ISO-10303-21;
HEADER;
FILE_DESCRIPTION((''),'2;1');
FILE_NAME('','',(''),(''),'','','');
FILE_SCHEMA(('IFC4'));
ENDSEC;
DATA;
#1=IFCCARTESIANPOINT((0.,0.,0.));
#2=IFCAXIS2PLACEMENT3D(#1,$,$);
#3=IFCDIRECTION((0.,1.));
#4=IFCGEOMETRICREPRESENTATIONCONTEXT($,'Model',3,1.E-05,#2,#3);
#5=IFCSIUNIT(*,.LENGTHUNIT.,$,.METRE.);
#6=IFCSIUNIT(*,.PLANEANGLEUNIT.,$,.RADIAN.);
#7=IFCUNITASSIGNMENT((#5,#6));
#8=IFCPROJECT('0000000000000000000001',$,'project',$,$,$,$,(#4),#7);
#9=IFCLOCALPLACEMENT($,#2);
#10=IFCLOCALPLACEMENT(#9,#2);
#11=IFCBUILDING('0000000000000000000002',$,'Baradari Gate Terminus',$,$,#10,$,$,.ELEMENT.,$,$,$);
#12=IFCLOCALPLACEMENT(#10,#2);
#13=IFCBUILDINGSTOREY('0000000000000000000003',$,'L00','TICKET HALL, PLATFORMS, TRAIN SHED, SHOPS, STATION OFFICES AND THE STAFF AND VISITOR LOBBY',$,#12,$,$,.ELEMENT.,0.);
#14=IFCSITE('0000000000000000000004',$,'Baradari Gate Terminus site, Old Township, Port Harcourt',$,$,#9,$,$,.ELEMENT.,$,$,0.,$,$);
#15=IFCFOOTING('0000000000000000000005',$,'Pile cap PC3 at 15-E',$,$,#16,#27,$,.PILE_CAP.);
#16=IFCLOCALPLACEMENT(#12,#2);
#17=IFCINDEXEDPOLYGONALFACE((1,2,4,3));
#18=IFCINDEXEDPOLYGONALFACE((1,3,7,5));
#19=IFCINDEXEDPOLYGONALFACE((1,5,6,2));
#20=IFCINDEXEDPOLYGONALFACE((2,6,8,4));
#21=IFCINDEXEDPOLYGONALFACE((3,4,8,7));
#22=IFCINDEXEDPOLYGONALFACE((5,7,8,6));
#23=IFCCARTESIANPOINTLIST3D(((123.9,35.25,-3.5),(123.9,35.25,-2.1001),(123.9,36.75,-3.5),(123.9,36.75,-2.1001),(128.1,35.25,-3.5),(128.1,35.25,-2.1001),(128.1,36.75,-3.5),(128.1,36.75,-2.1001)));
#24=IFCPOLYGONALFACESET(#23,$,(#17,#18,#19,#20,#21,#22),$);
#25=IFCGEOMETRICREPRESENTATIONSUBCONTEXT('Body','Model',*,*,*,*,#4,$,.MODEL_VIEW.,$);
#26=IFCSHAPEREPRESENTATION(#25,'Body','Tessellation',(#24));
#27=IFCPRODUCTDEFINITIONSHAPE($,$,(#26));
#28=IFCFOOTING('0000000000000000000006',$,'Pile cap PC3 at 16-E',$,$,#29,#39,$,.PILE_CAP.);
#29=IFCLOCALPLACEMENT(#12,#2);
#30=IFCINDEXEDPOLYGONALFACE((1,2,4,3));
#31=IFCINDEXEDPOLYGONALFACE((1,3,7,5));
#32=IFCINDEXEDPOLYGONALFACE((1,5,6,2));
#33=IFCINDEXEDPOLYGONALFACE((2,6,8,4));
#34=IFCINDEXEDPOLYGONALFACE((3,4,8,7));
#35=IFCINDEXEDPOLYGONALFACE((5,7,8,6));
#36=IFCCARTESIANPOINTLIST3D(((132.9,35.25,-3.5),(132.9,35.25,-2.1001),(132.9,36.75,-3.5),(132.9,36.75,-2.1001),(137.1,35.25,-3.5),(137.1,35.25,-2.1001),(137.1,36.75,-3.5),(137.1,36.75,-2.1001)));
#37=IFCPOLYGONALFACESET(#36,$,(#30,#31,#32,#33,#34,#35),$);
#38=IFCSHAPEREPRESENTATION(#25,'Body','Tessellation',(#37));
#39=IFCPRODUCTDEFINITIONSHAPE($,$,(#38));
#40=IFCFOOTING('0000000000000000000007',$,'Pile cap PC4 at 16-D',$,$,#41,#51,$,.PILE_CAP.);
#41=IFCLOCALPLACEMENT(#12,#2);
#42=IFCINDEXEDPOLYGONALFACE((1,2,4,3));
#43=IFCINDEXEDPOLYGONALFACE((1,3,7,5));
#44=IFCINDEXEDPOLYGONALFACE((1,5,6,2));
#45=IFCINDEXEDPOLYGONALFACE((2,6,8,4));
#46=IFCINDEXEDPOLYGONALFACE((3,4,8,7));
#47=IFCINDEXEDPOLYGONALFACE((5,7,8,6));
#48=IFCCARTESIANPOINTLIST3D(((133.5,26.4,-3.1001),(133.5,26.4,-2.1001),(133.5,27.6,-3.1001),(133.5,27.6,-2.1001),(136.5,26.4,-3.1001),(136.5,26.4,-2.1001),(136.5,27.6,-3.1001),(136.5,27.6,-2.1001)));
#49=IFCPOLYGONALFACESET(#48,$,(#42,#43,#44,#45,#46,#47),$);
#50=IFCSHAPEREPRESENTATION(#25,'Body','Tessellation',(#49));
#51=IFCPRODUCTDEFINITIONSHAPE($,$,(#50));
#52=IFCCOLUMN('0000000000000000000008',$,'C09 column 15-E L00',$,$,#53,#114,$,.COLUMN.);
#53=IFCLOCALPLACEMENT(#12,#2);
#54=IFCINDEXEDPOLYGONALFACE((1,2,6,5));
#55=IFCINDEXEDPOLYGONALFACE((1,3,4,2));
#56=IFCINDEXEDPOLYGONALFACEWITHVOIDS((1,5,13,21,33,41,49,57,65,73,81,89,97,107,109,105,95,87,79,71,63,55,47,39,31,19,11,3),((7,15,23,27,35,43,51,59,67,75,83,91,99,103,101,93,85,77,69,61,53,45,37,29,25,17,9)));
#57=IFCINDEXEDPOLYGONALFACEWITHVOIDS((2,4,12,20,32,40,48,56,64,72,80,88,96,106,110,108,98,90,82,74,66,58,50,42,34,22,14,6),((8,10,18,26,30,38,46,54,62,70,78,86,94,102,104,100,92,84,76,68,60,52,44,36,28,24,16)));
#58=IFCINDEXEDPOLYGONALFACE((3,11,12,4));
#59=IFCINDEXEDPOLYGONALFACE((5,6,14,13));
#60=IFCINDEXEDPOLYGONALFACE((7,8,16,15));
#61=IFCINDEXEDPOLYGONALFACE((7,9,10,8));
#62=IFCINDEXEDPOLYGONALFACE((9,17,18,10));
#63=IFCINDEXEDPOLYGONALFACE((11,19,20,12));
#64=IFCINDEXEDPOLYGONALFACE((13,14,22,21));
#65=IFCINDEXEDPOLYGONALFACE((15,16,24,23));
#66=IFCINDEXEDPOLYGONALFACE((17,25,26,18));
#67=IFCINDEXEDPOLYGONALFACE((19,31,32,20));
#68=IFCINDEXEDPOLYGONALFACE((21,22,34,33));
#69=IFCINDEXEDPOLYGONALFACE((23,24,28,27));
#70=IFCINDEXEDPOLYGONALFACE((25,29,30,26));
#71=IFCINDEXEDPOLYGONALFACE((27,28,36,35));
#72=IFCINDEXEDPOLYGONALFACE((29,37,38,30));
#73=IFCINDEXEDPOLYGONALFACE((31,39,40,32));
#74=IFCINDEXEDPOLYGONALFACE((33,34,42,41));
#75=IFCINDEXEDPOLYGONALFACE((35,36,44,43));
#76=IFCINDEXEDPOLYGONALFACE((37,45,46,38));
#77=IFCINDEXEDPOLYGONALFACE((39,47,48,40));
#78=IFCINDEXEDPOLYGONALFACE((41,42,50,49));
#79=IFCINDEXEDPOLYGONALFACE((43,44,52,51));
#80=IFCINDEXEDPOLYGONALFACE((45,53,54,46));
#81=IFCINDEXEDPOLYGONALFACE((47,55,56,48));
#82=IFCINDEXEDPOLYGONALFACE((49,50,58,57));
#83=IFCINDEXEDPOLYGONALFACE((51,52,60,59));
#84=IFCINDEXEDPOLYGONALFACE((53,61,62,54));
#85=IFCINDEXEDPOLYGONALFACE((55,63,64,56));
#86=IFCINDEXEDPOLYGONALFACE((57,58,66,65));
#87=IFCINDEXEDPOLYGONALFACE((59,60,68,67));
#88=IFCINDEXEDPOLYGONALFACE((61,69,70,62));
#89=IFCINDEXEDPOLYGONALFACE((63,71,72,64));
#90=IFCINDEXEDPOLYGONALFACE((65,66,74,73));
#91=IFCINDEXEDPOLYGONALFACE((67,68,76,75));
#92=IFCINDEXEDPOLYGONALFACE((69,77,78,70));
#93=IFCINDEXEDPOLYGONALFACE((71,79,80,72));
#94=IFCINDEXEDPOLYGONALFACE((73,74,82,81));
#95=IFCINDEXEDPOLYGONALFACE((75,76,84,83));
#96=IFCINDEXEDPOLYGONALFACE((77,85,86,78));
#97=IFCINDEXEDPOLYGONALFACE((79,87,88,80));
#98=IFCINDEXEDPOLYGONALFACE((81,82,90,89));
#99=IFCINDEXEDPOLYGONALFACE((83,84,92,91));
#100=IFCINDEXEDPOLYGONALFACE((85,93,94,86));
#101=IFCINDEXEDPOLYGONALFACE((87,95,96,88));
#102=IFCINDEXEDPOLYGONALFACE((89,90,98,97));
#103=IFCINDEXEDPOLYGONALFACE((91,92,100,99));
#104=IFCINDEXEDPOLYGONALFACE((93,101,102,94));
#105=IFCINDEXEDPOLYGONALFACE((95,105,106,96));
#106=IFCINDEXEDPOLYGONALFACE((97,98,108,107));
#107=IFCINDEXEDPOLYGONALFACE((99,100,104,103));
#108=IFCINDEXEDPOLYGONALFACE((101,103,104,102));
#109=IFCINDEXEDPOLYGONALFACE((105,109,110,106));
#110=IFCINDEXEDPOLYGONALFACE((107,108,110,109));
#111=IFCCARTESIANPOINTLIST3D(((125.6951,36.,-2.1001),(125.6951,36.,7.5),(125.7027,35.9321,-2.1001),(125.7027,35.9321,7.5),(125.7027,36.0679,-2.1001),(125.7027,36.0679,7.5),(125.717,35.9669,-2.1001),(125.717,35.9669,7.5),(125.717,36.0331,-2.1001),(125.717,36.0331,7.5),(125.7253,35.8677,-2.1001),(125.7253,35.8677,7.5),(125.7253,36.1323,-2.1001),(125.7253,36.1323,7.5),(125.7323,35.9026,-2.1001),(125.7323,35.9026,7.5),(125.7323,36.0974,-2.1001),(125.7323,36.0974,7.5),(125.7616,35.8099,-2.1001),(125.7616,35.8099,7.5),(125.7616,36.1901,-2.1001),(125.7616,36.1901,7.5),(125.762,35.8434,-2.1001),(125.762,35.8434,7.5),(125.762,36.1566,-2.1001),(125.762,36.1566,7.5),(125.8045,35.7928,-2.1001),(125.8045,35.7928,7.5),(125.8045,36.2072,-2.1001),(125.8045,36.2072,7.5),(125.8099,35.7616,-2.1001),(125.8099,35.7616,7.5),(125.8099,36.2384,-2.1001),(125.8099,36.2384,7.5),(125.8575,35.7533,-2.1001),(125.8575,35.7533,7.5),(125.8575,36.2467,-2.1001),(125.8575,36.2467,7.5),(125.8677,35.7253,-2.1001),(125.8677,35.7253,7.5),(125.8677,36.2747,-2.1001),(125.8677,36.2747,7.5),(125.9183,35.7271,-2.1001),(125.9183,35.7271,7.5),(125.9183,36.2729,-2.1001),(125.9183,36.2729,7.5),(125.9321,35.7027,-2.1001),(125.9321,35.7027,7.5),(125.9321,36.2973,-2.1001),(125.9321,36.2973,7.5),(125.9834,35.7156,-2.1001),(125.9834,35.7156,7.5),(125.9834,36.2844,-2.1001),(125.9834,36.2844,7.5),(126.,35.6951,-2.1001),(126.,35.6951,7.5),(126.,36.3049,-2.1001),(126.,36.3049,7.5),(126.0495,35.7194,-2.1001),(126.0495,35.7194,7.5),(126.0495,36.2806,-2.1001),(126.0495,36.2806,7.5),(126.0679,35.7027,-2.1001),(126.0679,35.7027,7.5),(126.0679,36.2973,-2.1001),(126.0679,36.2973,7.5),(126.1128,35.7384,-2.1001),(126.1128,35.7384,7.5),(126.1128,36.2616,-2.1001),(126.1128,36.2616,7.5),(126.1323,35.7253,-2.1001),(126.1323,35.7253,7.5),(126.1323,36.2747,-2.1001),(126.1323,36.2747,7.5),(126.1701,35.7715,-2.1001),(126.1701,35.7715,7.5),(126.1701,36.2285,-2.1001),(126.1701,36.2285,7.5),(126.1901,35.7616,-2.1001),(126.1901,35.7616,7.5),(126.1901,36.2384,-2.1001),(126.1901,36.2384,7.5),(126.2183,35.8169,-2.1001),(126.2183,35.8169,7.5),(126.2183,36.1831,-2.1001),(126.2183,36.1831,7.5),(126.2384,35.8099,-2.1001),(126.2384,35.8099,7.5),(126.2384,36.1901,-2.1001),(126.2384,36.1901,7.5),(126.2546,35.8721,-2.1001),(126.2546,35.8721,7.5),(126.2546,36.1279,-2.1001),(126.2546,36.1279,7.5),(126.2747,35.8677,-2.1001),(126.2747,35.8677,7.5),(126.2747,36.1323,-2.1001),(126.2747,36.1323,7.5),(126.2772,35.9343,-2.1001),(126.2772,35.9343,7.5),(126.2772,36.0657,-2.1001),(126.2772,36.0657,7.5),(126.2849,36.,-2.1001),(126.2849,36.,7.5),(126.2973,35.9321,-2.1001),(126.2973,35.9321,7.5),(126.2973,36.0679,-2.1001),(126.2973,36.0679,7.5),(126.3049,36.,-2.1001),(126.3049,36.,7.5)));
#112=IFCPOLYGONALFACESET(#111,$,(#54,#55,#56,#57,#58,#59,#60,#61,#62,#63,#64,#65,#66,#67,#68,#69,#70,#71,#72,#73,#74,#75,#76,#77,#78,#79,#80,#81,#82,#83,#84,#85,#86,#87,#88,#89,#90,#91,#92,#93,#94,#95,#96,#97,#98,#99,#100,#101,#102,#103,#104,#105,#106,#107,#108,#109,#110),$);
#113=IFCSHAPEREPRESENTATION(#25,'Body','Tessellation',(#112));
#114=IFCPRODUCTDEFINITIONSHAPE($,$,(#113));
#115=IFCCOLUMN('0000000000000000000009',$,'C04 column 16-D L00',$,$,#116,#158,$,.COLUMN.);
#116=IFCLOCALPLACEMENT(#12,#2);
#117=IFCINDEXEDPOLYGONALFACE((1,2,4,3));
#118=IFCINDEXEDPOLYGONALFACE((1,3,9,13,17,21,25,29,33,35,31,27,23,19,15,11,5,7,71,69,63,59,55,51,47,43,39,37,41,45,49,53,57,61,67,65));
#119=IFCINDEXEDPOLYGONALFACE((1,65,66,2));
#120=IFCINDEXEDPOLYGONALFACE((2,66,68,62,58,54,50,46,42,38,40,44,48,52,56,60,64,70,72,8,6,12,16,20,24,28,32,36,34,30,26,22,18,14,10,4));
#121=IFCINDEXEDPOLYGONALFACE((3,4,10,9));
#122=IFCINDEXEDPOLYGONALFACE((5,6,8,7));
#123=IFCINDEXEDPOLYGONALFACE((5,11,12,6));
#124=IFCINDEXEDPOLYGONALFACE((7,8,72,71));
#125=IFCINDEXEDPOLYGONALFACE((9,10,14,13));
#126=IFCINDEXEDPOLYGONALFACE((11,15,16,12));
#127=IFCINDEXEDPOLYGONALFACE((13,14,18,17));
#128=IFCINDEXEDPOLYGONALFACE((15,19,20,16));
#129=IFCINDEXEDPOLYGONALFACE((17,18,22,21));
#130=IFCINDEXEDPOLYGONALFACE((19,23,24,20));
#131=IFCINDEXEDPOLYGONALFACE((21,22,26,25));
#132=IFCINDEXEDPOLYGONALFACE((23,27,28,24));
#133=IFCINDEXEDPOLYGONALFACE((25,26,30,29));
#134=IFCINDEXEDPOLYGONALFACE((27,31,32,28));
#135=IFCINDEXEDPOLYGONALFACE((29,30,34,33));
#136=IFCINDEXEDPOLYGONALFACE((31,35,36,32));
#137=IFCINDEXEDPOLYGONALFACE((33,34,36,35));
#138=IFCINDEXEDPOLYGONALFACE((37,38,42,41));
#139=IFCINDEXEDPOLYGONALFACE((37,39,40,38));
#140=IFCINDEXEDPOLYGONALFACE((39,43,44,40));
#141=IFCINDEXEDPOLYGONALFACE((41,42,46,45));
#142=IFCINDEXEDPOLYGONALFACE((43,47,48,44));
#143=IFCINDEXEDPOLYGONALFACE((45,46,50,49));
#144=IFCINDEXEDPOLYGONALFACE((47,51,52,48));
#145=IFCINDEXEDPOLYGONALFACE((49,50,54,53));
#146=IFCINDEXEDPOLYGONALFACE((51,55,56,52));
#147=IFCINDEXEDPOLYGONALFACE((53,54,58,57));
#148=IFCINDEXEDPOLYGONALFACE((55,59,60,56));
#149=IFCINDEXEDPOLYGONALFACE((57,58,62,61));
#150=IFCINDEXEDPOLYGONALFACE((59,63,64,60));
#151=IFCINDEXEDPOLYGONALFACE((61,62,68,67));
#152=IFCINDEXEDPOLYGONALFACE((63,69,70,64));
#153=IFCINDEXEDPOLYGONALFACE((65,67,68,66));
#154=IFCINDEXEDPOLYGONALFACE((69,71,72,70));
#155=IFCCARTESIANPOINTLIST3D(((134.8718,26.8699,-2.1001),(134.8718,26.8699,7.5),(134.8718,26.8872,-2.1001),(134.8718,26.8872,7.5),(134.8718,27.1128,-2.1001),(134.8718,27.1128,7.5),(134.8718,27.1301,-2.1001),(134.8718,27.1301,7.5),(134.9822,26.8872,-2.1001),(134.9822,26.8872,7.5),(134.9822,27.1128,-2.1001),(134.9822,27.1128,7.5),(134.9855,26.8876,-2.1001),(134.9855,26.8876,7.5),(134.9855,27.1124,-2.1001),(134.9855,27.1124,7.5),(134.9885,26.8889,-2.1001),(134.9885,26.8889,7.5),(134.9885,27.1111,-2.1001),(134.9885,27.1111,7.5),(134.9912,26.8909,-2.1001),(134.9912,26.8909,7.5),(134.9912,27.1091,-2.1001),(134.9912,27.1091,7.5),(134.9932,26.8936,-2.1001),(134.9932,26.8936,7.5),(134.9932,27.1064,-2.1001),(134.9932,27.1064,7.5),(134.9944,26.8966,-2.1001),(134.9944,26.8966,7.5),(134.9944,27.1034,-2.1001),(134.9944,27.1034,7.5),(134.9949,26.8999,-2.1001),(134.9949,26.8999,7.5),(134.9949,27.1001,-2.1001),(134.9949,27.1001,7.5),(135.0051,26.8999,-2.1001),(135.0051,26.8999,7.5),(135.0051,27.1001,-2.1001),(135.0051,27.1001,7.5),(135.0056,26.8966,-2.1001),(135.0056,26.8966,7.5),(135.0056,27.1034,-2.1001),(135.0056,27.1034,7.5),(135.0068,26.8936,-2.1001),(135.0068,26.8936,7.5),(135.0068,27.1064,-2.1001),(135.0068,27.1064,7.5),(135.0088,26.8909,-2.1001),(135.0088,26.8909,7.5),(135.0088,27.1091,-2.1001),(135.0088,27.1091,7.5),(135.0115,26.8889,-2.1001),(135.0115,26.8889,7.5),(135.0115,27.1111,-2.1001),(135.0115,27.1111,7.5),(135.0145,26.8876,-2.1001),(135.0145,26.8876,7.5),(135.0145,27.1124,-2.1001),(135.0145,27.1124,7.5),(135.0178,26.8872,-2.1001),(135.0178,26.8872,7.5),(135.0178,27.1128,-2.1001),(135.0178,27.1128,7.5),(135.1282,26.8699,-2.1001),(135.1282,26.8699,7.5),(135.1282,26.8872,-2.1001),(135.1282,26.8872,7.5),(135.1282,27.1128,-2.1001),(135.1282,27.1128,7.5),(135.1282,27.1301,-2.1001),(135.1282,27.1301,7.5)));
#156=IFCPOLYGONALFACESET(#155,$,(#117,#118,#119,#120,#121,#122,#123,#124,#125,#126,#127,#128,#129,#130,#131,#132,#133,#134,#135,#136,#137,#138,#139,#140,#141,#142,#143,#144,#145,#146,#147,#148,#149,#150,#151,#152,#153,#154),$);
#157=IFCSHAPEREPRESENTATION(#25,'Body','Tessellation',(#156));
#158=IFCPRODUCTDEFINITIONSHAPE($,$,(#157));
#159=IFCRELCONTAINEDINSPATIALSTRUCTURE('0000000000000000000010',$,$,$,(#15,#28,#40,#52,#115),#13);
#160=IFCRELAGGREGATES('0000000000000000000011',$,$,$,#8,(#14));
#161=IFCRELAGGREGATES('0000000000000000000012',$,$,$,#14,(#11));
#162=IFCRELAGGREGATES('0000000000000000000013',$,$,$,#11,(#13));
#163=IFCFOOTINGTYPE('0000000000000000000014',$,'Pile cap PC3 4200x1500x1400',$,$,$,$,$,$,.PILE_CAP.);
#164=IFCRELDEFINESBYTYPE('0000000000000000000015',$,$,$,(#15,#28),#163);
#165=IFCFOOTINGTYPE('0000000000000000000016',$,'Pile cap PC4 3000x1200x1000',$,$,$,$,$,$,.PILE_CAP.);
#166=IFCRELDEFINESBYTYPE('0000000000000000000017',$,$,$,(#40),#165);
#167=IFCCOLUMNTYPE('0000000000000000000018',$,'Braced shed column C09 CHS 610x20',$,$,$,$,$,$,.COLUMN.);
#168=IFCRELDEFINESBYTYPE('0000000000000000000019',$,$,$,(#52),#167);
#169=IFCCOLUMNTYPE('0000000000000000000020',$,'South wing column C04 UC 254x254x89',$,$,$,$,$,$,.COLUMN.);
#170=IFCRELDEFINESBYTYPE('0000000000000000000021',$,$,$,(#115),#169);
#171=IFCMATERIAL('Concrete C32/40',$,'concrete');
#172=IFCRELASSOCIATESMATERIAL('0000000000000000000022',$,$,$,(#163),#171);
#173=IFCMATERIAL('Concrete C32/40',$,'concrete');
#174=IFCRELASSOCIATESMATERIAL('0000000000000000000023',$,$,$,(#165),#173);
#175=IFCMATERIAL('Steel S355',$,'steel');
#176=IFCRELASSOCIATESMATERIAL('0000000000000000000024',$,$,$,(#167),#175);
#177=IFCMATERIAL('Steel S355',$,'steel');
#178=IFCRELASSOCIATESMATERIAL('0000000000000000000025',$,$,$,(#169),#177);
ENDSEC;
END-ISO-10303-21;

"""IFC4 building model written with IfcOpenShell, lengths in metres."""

from ifc_helpers import new_model, si_unit, direction, frame, origin, origin_2d, place, context, subcontext, project, spatial, rectangle, hollow_circle, i_section, extrude, material, material_profile, profile_set, type_object, element, save


model = new_model("IFC4")

# Units and contexts
model_context = context("Model", 3, precision=1e-05, world=origin(), true_north=direction((0.0, 1.0)))
body_context = subcontext(model_context, "Body", "Model", "MODEL_VIEW")
ifc_project = project(units=[si_unit("LENGTHUNIT", "METRE"), si_unit("PLANEANGLEUNIT", "RADIAN")], contexts=[model_context])

# Site, building, storey
site_placement = place(None, origin())
site = spatial("IfcSite", under=ifc_project, at=site_placement, Name="Baradari Gate Terminus site, Old Township, Port Harcourt", CompositionType="ELEMENT", RefElevation=0.0)
building_placement = place(site_placement, origin())
building = spatial("IfcBuilding", under=site, at=building_placement, Name="Baradari Gate Terminus", CompositionType="ELEMENT")
storey_placement = place(building_placement, origin())
storey = spatial("IfcBuildingStorey", under=building, at=storey_placement, Name="L00", Description="TICKET HALL, PLATFORMS, TRAIN SHED, SHOPS, STATION OFFICES AND THE STAFF AND VISITOR LOBBY", CompositionType="ELEMENT", Elevation=0.0)

# Footings
ifc_material_1 = material(Name="Concrete C32/40", Category="concrete")
footing_type_1 = type_object("IfcFootingType", Name="Pile cap PC3 4200x1500x1400", PredefinedType="PILE_CAP", material=ifc_material_1)
for number, where, z_axis, x_axis, name in (
    (1, (126.0, 36.0, -3.5), (0.0, 0.0, 1.0), (1.0, 0.0, 0.0), "Pile cap PC3 at 15-E"),
    (2, (135.0, 36.0, -3.5), (0.0, 0.0, 1.0), (1.0, 0.0, 0.0), "Pile cap PC3 at 16-E"),
):
    element("IfcFooting", number, at=place(storey_placement, frame(where, z_axis=z_axis, x_axis=x_axis)), inside=storey, type_object=footing_type_1, Name=name, PredefinedType="PILE_CAP", context=body_context, shape_type="SweptSolid", body=[
        extrude(rectangle(XDim=4.2, YDim=1.5, at=origin_2d()), origin(), (0.0, 0.0, 1.0), 1.3999),
    ])
ifc_material_2 = material(Name="Concrete C32/40", Category="concrete")
footing_type_2 = type_object("IfcFootingType", Name="Pile cap PC4 3000x1200x1000", PredefinedType="PILE_CAP", material=ifc_material_2)
footing_1_placement = place(storey_placement, frame((135.0, 27.0, -3.1001), z_axis=(0.0, 0.0, 1.0), x_axis=(1.0, 0.0, 0.0)))
element("IfcFooting", 3, at=footing_1_placement, inside=storey, type_object=footing_type_2, Name="Pile cap PC4 at 16-D", PredefinedType="PILE_CAP", context=body_context, shape_type="SweptSolid", body=[
    extrude(rectangle(XDim=3.0, YDim=1.2, at=origin_2d()), origin(), (0.0, 0.0, 1.0), 1.0),
])

# Columns
ifc_material_3 = material(Name="Steel S355", Category="steel")
ifc_material_profile_1 = material_profile(ifc_material_3, hollow_circle(Radius=0.3049, WallThickness=0.02, at=origin_2d()), Name="CHS 610x20")
ifc_profile_set_1 = profile_set([ifc_material_profile_1], Name="Steel S355")
column_type_1 = type_object("IfcColumnType", Name="Braced shed column C09 CHS 610x20", PredefinedType="COLUMN", material=ifc_profile_set_1)
column_1_placement = place(storey_placement, frame((126.0, 36.0, -2.1001), z_axis=(0.0, 0.0, 1.0), x_axis=(1.0, 0.0, 0.0)))
element("IfcColumn", 4, at=column_1_placement, inside=storey, type_object=column_type_1, Name="C09 column 15-E L00", PredefinedType="COLUMN", context=body_context, shape_type="SweptSolid", body=[
    extrude(hollow_circle(Radius=0.3049, WallThickness=0.02, at=origin_2d()), origin(), (0.0, 0.0, 1.0), 9.6001),
])
ifc_material_4 = material(Name="Steel S355", Category="steel")
ifc_material_profile_2 = material_profile(ifc_material_4, i_section(OverallWidth=0.2563, OverallDepth=0.2603, WebThickness=0.0103, FlangeThickness=0.0173, FilletRadius=0.0127, at=origin_2d()), Name="UC 254x254x89")
ifc_profile_set_2 = profile_set([ifc_material_profile_2], Name="Steel S355")
column_type_2 = type_object("IfcColumnType", Name="South wing column C04 UC 254x254x89", PredefinedType="COLUMN", material=ifc_profile_set_2)
column_2_placement = place(storey_placement, frame((135.0, 27.0, -2.1001), z_axis=(0.0, 0.0, 1.0), x_axis=(1.0, 0.0, 0.0)))
element("IfcColumn", 5, at=column_2_placement, inside=storey, type_object=column_type_2, Name="C04 column 16-D L00", PredefinedType="COLUMN", context=body_context, shape_type="SweptSolid", body=[
    extrude(i_section(OverallWidth=0.2563, OverallDepth=0.2603, WebThickness=0.0103, FlangeThickness=0.0173, FilletRadius=0.0127, at=origin_2d()), origin(), (0.0, 0.0, 1.0), 9.6001),
])

save(model, "model.ifc")
